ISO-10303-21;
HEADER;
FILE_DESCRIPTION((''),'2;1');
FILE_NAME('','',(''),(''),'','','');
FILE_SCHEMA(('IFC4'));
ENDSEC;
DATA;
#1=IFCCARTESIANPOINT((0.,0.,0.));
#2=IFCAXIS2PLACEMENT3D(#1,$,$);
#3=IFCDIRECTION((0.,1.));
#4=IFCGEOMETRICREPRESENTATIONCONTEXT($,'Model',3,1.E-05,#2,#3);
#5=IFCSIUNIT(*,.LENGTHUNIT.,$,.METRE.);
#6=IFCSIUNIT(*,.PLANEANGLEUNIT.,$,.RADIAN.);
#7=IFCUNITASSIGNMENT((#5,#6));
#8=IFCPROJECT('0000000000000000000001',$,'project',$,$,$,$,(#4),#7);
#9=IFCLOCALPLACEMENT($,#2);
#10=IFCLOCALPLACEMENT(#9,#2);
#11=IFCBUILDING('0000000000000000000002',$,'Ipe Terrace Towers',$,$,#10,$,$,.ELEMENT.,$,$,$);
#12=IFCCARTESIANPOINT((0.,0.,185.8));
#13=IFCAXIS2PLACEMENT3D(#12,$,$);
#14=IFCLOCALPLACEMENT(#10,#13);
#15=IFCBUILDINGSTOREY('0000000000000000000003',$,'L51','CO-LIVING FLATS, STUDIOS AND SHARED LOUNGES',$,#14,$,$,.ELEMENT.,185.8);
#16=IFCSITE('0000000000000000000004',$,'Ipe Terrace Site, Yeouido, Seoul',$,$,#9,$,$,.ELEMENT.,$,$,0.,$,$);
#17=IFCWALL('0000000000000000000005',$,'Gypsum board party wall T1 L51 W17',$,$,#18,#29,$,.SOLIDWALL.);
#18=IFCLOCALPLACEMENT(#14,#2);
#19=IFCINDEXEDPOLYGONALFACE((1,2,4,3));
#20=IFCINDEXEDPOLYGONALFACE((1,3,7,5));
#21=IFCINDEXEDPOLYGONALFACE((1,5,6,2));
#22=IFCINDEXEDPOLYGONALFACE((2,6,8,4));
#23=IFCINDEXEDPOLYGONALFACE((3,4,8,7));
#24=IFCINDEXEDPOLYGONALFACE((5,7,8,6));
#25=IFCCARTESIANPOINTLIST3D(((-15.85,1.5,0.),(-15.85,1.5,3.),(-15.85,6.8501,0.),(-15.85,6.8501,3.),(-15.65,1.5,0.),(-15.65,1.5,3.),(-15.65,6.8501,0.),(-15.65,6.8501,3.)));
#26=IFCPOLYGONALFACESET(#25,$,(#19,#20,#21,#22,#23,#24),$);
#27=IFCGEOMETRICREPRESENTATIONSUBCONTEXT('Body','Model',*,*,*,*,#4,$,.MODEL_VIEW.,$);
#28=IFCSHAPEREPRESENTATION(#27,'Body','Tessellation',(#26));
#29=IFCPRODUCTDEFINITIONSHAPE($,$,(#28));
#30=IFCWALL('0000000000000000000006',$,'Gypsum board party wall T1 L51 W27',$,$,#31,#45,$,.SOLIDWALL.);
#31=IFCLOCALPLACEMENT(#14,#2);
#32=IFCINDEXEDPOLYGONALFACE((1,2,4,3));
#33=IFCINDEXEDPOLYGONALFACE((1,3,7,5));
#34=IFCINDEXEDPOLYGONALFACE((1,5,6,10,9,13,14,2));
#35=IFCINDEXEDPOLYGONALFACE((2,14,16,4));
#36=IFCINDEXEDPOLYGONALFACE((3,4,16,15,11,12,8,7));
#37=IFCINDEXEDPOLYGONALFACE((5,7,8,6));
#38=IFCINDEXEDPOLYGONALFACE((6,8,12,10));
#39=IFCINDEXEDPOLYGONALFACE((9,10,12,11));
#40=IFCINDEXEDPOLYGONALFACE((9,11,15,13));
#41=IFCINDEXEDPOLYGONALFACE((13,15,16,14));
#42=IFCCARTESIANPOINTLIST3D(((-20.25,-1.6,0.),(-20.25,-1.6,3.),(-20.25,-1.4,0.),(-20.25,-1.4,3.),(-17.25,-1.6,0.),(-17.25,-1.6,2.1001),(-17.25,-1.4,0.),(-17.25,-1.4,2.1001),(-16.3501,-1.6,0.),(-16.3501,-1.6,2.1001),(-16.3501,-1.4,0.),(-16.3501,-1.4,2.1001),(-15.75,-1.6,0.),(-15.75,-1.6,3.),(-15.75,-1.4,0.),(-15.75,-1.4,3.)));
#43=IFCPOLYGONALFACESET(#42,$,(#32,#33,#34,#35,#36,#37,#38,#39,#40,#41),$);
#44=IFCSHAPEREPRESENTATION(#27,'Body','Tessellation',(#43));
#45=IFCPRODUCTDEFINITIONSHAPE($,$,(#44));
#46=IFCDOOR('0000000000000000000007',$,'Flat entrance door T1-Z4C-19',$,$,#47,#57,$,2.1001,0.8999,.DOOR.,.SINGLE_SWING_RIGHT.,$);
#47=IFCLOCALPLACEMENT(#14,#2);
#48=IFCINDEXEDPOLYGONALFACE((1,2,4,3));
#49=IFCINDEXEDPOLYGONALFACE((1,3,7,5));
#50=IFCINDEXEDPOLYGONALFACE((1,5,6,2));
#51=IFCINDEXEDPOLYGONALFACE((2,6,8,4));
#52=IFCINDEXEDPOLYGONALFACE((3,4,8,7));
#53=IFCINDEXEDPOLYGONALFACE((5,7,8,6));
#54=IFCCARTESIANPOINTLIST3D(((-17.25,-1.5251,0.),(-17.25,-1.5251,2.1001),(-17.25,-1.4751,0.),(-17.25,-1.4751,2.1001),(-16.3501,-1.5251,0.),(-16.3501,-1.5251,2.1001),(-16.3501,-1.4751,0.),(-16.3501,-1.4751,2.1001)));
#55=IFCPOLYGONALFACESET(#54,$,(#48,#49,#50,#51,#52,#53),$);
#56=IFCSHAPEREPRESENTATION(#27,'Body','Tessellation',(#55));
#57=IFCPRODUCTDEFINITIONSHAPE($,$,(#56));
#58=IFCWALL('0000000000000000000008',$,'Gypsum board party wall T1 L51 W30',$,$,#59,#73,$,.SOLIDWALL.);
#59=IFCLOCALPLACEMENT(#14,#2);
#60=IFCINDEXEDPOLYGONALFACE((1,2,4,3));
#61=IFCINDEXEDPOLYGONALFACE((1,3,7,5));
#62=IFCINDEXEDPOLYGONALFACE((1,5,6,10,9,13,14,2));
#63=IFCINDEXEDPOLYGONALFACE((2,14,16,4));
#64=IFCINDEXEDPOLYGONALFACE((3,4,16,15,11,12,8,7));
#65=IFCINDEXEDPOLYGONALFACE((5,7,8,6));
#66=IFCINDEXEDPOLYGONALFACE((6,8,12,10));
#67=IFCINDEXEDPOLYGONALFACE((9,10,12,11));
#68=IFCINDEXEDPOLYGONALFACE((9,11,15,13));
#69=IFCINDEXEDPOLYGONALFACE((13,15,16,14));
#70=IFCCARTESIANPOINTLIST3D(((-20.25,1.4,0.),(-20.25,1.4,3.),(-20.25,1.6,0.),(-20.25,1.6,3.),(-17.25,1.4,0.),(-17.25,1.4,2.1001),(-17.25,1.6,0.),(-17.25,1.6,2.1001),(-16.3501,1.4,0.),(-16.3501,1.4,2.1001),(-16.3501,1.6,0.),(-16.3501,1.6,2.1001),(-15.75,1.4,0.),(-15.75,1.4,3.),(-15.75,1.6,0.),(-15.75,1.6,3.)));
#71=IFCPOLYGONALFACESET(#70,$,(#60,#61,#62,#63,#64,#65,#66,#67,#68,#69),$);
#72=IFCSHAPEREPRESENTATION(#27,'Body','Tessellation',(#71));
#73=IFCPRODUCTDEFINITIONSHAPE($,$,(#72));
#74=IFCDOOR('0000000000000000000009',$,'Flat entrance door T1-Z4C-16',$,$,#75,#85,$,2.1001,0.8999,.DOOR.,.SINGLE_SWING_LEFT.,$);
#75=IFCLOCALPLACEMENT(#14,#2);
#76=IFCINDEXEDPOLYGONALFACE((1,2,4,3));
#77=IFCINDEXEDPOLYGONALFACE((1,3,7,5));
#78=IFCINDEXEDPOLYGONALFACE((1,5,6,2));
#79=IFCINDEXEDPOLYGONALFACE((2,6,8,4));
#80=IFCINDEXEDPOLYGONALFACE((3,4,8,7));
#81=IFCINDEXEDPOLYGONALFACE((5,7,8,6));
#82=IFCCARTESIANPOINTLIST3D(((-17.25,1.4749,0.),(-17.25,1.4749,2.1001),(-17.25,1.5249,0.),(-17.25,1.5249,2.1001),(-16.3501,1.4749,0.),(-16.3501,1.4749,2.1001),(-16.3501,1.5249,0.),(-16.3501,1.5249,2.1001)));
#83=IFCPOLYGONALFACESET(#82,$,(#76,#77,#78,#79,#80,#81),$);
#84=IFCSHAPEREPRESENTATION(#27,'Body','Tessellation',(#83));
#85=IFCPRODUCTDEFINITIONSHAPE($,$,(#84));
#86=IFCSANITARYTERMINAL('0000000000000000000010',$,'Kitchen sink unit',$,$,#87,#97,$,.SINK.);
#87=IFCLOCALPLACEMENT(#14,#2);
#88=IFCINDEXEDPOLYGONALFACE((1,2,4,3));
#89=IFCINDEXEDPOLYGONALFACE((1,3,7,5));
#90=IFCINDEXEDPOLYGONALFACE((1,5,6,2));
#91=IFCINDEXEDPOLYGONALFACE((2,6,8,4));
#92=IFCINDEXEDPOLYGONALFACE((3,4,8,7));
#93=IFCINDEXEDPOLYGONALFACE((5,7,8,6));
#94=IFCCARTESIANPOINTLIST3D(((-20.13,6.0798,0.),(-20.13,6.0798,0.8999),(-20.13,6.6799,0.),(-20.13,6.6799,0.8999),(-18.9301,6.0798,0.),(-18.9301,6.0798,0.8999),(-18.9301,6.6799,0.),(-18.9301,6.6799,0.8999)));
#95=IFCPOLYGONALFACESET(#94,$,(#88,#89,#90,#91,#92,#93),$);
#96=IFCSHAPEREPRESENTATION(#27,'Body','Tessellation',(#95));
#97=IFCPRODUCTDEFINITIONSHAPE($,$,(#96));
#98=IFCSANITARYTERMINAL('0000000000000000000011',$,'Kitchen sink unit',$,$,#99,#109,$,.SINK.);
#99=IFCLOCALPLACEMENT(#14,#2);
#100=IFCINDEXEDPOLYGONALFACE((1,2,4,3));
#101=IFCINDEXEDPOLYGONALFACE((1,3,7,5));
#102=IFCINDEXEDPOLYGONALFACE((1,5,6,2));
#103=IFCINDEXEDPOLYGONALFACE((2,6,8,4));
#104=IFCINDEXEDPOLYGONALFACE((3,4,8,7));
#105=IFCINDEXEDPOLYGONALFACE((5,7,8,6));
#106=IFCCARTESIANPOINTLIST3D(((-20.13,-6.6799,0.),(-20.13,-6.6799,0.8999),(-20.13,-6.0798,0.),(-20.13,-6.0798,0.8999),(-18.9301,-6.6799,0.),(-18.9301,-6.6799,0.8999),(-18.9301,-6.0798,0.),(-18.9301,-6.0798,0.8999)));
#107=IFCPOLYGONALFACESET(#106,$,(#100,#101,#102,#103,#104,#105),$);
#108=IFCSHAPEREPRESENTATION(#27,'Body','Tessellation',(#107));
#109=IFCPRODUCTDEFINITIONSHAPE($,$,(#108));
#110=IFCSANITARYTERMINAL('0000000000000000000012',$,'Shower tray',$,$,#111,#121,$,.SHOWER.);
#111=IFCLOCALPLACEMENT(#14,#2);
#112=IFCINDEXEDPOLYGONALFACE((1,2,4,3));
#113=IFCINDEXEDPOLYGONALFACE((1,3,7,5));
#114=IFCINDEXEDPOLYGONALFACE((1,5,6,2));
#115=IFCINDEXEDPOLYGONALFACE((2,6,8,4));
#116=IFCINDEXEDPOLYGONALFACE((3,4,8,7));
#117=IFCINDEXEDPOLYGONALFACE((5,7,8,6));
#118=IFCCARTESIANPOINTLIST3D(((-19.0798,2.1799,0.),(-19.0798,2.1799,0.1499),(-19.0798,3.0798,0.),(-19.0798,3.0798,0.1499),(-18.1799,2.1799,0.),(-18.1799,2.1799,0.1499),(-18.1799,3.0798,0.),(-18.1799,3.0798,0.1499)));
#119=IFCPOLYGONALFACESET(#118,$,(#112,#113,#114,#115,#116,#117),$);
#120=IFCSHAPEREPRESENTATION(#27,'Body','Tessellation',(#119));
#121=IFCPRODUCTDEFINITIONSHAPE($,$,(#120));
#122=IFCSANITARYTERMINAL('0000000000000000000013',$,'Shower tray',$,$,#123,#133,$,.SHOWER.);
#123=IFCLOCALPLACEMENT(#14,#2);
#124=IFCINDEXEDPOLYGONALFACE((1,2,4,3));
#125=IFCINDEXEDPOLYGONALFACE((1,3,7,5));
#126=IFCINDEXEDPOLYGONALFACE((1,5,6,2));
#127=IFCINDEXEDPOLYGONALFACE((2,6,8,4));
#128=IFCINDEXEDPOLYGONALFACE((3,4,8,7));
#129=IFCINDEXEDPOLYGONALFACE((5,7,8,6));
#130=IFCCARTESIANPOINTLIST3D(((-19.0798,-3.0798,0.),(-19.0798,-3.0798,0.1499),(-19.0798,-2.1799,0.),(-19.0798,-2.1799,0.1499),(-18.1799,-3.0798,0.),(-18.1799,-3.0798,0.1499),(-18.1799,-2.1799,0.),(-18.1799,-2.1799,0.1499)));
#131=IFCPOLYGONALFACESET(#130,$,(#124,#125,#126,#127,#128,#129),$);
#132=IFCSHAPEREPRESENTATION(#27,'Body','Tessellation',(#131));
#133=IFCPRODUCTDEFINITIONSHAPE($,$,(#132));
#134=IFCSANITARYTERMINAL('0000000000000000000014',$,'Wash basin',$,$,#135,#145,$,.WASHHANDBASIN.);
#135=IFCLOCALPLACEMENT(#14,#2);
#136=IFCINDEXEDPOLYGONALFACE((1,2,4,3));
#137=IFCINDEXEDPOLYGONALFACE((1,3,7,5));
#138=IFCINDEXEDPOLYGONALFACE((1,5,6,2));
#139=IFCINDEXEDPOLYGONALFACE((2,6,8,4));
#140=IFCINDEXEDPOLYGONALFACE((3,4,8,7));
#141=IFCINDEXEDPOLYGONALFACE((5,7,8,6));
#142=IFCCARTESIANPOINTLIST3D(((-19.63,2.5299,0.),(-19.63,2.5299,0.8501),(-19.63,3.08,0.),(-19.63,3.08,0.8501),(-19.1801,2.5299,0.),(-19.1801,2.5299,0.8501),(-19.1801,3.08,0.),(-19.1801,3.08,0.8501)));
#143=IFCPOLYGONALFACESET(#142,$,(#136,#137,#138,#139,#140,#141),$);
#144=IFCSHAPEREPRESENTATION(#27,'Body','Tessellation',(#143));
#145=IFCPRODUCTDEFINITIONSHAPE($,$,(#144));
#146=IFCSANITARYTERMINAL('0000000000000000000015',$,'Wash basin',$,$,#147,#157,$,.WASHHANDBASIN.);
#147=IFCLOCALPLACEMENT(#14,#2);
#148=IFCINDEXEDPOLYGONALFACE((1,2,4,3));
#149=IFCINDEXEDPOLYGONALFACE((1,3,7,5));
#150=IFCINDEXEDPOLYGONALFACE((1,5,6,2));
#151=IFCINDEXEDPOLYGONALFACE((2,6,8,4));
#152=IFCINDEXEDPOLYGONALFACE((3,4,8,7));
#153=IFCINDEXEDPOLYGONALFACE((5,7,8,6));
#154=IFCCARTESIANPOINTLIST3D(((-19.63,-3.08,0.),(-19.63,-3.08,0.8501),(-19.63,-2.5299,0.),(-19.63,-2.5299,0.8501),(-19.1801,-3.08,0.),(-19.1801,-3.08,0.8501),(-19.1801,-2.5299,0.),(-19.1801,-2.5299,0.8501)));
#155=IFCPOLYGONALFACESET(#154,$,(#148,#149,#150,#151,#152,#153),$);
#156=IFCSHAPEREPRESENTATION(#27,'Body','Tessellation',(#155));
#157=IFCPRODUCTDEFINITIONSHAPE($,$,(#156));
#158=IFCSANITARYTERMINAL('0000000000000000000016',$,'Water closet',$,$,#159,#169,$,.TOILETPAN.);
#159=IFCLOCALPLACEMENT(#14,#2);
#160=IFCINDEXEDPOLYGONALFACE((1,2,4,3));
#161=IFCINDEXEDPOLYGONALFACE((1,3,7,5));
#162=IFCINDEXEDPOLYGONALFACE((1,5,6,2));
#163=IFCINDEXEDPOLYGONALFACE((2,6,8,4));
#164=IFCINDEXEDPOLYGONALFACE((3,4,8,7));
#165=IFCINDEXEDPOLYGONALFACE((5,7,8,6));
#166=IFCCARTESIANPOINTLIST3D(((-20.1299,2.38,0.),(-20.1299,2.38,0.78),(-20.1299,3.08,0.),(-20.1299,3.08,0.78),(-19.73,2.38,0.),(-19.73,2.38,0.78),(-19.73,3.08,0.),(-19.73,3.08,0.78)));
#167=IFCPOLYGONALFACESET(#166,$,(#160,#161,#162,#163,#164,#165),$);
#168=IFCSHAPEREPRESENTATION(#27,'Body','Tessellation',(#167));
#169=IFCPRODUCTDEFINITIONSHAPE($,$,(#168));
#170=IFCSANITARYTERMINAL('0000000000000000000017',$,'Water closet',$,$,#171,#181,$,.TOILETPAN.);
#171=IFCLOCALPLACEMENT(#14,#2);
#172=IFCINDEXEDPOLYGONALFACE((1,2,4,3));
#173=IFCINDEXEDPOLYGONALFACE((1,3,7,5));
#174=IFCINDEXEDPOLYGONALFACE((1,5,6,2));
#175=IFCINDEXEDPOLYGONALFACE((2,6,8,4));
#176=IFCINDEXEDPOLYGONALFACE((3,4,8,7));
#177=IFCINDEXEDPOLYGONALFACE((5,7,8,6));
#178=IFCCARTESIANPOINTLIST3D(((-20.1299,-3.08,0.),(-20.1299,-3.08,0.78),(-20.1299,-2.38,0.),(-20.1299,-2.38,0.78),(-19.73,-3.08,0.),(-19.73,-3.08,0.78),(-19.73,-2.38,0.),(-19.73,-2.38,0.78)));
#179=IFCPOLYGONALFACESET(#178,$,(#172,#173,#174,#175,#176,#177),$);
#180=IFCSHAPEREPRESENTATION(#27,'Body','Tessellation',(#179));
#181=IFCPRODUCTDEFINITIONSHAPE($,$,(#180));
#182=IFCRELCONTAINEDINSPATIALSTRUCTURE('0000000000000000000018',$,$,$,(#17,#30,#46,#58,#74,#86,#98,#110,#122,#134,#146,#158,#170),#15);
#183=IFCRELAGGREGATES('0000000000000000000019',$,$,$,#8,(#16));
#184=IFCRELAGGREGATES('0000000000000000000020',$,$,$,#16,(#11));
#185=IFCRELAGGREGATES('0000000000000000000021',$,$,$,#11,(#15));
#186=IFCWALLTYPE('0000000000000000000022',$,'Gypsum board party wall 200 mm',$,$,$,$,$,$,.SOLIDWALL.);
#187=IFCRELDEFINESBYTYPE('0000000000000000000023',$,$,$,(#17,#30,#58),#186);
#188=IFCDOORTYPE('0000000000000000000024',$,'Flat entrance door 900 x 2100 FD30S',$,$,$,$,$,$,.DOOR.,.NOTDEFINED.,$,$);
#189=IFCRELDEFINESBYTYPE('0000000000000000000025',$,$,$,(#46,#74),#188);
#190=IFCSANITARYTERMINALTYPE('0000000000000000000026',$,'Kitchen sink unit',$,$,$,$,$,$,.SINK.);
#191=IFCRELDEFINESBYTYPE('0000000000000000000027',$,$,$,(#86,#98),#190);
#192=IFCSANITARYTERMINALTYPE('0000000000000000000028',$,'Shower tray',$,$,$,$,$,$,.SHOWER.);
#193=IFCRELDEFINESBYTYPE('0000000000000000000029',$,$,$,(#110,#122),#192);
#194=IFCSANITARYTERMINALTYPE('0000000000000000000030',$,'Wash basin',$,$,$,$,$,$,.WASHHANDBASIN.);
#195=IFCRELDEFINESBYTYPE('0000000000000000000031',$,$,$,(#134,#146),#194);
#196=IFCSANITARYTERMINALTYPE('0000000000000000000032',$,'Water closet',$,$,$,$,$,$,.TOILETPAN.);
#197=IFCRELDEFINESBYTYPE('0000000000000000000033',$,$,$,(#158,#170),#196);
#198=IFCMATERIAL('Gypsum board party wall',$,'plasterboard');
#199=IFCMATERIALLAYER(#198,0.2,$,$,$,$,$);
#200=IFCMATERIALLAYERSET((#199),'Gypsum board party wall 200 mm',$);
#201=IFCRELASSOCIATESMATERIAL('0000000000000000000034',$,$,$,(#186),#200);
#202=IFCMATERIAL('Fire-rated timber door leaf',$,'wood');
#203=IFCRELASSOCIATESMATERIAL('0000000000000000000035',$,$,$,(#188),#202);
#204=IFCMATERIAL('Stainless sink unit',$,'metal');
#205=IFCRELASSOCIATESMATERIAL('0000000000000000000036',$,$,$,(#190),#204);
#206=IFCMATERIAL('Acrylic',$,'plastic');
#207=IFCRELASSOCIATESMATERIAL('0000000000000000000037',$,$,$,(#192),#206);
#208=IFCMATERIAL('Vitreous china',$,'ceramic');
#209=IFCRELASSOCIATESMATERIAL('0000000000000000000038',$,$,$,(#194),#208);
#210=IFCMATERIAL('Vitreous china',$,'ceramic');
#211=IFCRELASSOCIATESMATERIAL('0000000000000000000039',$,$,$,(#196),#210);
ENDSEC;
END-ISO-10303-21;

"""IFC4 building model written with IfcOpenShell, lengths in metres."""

from ifc_helpers import new_model, si_unit, direction, frame, frame_2d, origin, origin_2d, place, context, subcontext, project, spatial, rectangle, extrude, material, layer, layer_set, type_object, element, fill, save


model = new_model("IFC4")

# Units and contexts
model_context = context("Model", 3, precision=1e-05, world=origin(), true_north=direction((0.0, 1.0)))
body_context = subcontext(model_context, "Body", "Model", "MODEL_VIEW")
ifc_project = project(units=[si_unit("LENGTHUNIT", "METRE"), si_unit("PLANEANGLEUNIT", "RADIAN")], contexts=[model_context])

# Site, building, storey
site_placement = place(None, origin())
site = spatial("IfcSite", under=ifc_project, at=site_placement, Name="Ipe Terrace Site, Yeouido, Seoul", CompositionType="ELEMENT", RefElevation=0.0)
building_placement = place(site_placement, origin())
building = spatial("IfcBuilding", under=site, at=building_placement, Name="Ipe Terrace Towers", CompositionType="ELEMENT")
storey_placement = place(building_placement, frame((0.0, 0.0, 185.8)))
storey = spatial("IfcBuildingStorey", under=building, at=storey_placement, Name="L51", Description="CO-LIVING FLATS, STUDIOS AND SHARED LOUNGES", CompositionType="ELEMENT", Elevation=185.8)

# Wall
ifc_material_1 = material(Name="Gypsum board party wall", Category="plasterboard")
ifc_layer_1 = layer(ifc_material_1, 0.2)
ifc_layer_set_1 = layer_set([ifc_layer_1], Name="Gypsum board party wall 200 mm")
wall_type_1 = type_object("IfcWallType", Name="Gypsum board party wall 200 mm", PredefinedType="SOLIDWALL", material=ifc_layer_set_1)
for number, where, z_axis, x_axis, name in (
    (1, (-15.75, 1.5, 0.0), (0.0, 0.0, 1.0), (0.0, 1.0, 0.0), "Gypsum board party wall T1 L51 W17"),
):
    element("IfcWall", number, at=place(storey_placement, frame(where, z_axis=z_axis, x_axis=x_axis)), inside=storey, type_object=wall_type_1, Name=name, PredefinedType="SOLIDWALL", context=body_context, shape_type="SweptSolid", body=[
        extrude(rectangle(XDim=5.3501, YDim=0.2, at=frame_2d((2.675, 0.0))), origin(), (0.0, 0.0, 1.0), 3.0),
    ])

# Walls, openings, doors
wall_1_placement = place(storey_placement, frame((-20.25, -1.5, 0.0), z_axis=(0.0, 0.0, 1.0), x_axis=(1.0, 0.0, 0.0)))
wall_1 = element("IfcWall", 2, at=wall_1_placement, inside=storey, type_object=wall_type_1, Name="Gypsum board party wall T1 L51 W27", PredefinedType="SOLIDWALL", context=body_context, shape_type="SweptSolid", body=[
    extrude(rectangle(XDim=4.5, YDim=0.2, at=frame_2d((2.25, 0.0))), origin(), (0.0, 0.0, 1.0), 3.0),
])
opening_1_placement = place(wall_1_placement, frame((3.0, 0.0, 0.0)))
opening_1 = element("IfcOpeningElement", 3, at=opening_1_placement, cuts=wall_1, PredefinedType="OPENING", context=body_context, shape_type="SweptSolid", body=[
    extrude(rectangle(XDim=0.8999, YDim=2.1001, at=frame_2d((0.45, 1.05))), frame((0.0, 0.1099, 0.0), z_axis=(0.0, -1.0, 0.0), x_axis=(1.0, 0.0, 0.0)), (0.0, 0.0, 1.0), 0.22),
])
ifc_material_2 = material(Name="Fire-rated timber door leaf", Category="wood")
door_type_1 = type_object("IfcDoorType", Name="Flat entrance door 900 x 2100 FD30S", OperationType="NOTDEFINED", PredefinedType="DOOR", material=ifc_material_2)
door_1_placement = place(opening_1_placement, origin())
door_1 = element("IfcDoor", 4, at=door_1_placement, inside=storey, type_object=door_type_1, Name="Flat entrance door T1-Z4C-19", OperationType="SINGLE_SWING_RIGHT", OverallHeight=2.1001, OverallWidth=0.8999, PredefinedType="DOOR", context=body_context, shape_type="SweptSolid", body=[
    extrude(rectangle(XDim=0.8999, YDim=2.1001, at=frame_2d((0.45, 1.05))), frame((0.0, 0.0249, 0.0), z_axis=(0.0, -1.0, 0.0), x_axis=(1.0, 0.0, 0.0)), (0.0, 0.0, 1.0), 0.05),
])
fill(opening_1, door_1)
wall_2_placement = place(storey_placement, frame((-20.25, 1.5, 0.0), z_axis=(0.0, 0.0, 1.0), x_axis=(1.0, 0.0, 0.0)))
wall_2 = element("IfcWall", 5, at=wall_2_placement, inside=storey, type_object=wall_type_1, Name="Gypsum board party wall T1 L51 W30", PredefinedType="SOLIDWALL", context=body_context, shape_type="SweptSolid", body=[
    extrude(rectangle(XDim=4.5, YDim=0.2, at=frame_2d((2.25, 0.0))), origin(), (0.0, 0.0, 1.0), 3.0),
])
opening_2_placement = place(wall_2_placement, frame((3.0, 0.0, 0.0)))
opening_2 = element("IfcOpeningElement", 6, at=opening_2_placement, cuts=wall_2, PredefinedType="OPENING", context=body_context, shape_type="SweptSolid", body=[
    extrude(rectangle(XDim=0.8999, YDim=2.1001, at=frame_2d((0.45, 1.05))), frame((0.0, 0.1099, 0.0), z_axis=(0.0, -1.0, 0.0), x_axis=(1.0, 0.0, 0.0)), (0.0, 0.0, 1.0), 0.22),
])
door_2_placement = place(opening_2_placement, origin())
door_2 = element("IfcDoor", 7, at=door_2_placement, inside=storey, type_object=door_type_1, Name="Flat entrance door T1-Z4C-16", OperationType="SINGLE_SWING_LEFT", OverallHeight=2.1001, OverallWidth=0.8999, PredefinedType="DOOR", context=body_context, shape_type="SweptSolid", body=[
    extrude(rectangle(XDim=0.8999, YDim=2.1001, at=frame_2d((0.45, 1.05))), frame((0.0, 0.0249, 0.0), z_axis=(0.0, -1.0, 0.0), x_axis=(1.0, 0.0, 0.0)), (0.0, 0.0, 1.0), 0.05),
])
fill(opening_2, door_2)

# Sanitary terminals
ifc_material_3 = material(Name="Stainless sink unit", Category="metal")
sanitary_terminal_type_1 = type_object("IfcSanitaryTerminalType", Name="Kitchen sink unit", PredefinedType="SINK", material=ifc_material_3)
for number, where, z_axis, x_axis, name in (
    (8, (-19.53, 6.3799, 0.0), (0.0, 0.0, 1.0), (1.0, 0.0, 0.0), "Kitchen sink unit"),
    (9, (-19.53, -6.3799, 0.0), (0.0, 0.0, 1.0), (-1.0, 0.0, 0.0), "Kitchen sink unit"),
):
    element("IfcSanitaryTerminal", number, at=place(storey_placement, frame(where, z_axis=z_axis, x_axis=x_axis)), inside=storey, type_object=sanitary_terminal_type_1, Name=name, PredefinedType="SINK", context=body_context, shape_type="SweptSolid", body=[
        extrude(rectangle(XDim=1.2, YDim=0.6001, at=origin_2d()), origin(), (0.0, 0.0, 1.0), 0.8999),
    ])
ifc_material_4 = material(Name="Acrylic", Category="plastic")
sanitary_terminal_type_2 = type_object("IfcSanitaryTerminalType", Name="Shower tray", PredefinedType="SHOWER", material=ifc_material_4)
for number, where, z_axis, x_axis, name in (
    (10, (-18.6299, 2.6299, 0.0), (0.0, 0.0, 1.0), (0.0, -1.0, 0.0), "Shower tray"),
    (11, (-18.6299, -2.6299, 0.0), (0.0, 0.0, 1.0), (0.0, 1.0, 0.0), "Shower tray"),
):
    element("IfcSanitaryTerminal", number, at=place(storey_placement, frame(where, z_axis=z_axis, x_axis=x_axis)), inside=storey, type_object=sanitary_terminal_type_2, Name=name, PredefinedType="SHOWER", context=body_context, shape_type="SweptSolid", body=[
        extrude(rectangle(XDim=0.8999, YDim=0.8999, at=origin_2d()), origin(), (0.0, 0.0, 1.0), 0.1499),
    ])
ifc_material_5 = material(Name="Vitreous china", Category="ceramic")
sanitary_terminal_type_3 = type_object("IfcSanitaryTerminalType", Name="Wash basin", PredefinedType="WASHHANDBASIN", material=ifc_material_5)
for number, where, z_axis, x_axis, name in (
    (12, (-19.405, 2.8049, 0.0), (0.0, 0.0, 1.0), (0.0, -1.0, 0.0), "Wash basin"),
    (13, (-19.405, -2.8049, 0.0), (0.0, 0.0, 1.0), (0.0, 1.0, 0.0), "Wash basin"),
):
    element("IfcSanitaryTerminal", number, at=place(storey_placement, frame(where, z_axis=z_axis, x_axis=x_axis)), inside=storey, type_object=sanitary_terminal_type_3, Name=name, PredefinedType="WASHHANDBASIN", context=body_context, shape_type="SweptSolid", body=[
        extrude(rectangle(XDim=0.55, YDim=0.45, at=origin_2d()), origin(), (0.0, 0.0, 1.0), 0.8501),
    ])
ifc_material_6 = material(Name="Vitreous china", Category="ceramic")
sanitary_terminal_type_4 = type_object("IfcSanitaryTerminalType", Name="Water closet", PredefinedType="TOILETPAN", material=ifc_material_6)
for number, where, z_axis, x_axis, name in (
    (14, (-19.9299, 2.73, 0.0), (0.0, 0.0, 1.0), (0.0, -1.0, 0.0), "Water closet"),
    (15, (-19.9299, -2.73, 0.0), (0.0, 0.0, 1.0), (0.0, 1.0, 0.0), "Water closet"),
):
    element("IfcSanitaryTerminal", number, at=place(storey_placement, frame(where, z_axis=z_axis, x_axis=x_axis)), inside=storey, type_object=sanitary_terminal_type_4, Name=name, PredefinedType="TOILETPAN", context=body_context, shape_type="SweptSolid", body=[
        extrude(rectangle(XDim=0.7, YDim=0.3999, at=origin_2d()), origin(), (0.0, 0.0, 1.0), 0.78),
    ])

save(model, "model.ifc")
